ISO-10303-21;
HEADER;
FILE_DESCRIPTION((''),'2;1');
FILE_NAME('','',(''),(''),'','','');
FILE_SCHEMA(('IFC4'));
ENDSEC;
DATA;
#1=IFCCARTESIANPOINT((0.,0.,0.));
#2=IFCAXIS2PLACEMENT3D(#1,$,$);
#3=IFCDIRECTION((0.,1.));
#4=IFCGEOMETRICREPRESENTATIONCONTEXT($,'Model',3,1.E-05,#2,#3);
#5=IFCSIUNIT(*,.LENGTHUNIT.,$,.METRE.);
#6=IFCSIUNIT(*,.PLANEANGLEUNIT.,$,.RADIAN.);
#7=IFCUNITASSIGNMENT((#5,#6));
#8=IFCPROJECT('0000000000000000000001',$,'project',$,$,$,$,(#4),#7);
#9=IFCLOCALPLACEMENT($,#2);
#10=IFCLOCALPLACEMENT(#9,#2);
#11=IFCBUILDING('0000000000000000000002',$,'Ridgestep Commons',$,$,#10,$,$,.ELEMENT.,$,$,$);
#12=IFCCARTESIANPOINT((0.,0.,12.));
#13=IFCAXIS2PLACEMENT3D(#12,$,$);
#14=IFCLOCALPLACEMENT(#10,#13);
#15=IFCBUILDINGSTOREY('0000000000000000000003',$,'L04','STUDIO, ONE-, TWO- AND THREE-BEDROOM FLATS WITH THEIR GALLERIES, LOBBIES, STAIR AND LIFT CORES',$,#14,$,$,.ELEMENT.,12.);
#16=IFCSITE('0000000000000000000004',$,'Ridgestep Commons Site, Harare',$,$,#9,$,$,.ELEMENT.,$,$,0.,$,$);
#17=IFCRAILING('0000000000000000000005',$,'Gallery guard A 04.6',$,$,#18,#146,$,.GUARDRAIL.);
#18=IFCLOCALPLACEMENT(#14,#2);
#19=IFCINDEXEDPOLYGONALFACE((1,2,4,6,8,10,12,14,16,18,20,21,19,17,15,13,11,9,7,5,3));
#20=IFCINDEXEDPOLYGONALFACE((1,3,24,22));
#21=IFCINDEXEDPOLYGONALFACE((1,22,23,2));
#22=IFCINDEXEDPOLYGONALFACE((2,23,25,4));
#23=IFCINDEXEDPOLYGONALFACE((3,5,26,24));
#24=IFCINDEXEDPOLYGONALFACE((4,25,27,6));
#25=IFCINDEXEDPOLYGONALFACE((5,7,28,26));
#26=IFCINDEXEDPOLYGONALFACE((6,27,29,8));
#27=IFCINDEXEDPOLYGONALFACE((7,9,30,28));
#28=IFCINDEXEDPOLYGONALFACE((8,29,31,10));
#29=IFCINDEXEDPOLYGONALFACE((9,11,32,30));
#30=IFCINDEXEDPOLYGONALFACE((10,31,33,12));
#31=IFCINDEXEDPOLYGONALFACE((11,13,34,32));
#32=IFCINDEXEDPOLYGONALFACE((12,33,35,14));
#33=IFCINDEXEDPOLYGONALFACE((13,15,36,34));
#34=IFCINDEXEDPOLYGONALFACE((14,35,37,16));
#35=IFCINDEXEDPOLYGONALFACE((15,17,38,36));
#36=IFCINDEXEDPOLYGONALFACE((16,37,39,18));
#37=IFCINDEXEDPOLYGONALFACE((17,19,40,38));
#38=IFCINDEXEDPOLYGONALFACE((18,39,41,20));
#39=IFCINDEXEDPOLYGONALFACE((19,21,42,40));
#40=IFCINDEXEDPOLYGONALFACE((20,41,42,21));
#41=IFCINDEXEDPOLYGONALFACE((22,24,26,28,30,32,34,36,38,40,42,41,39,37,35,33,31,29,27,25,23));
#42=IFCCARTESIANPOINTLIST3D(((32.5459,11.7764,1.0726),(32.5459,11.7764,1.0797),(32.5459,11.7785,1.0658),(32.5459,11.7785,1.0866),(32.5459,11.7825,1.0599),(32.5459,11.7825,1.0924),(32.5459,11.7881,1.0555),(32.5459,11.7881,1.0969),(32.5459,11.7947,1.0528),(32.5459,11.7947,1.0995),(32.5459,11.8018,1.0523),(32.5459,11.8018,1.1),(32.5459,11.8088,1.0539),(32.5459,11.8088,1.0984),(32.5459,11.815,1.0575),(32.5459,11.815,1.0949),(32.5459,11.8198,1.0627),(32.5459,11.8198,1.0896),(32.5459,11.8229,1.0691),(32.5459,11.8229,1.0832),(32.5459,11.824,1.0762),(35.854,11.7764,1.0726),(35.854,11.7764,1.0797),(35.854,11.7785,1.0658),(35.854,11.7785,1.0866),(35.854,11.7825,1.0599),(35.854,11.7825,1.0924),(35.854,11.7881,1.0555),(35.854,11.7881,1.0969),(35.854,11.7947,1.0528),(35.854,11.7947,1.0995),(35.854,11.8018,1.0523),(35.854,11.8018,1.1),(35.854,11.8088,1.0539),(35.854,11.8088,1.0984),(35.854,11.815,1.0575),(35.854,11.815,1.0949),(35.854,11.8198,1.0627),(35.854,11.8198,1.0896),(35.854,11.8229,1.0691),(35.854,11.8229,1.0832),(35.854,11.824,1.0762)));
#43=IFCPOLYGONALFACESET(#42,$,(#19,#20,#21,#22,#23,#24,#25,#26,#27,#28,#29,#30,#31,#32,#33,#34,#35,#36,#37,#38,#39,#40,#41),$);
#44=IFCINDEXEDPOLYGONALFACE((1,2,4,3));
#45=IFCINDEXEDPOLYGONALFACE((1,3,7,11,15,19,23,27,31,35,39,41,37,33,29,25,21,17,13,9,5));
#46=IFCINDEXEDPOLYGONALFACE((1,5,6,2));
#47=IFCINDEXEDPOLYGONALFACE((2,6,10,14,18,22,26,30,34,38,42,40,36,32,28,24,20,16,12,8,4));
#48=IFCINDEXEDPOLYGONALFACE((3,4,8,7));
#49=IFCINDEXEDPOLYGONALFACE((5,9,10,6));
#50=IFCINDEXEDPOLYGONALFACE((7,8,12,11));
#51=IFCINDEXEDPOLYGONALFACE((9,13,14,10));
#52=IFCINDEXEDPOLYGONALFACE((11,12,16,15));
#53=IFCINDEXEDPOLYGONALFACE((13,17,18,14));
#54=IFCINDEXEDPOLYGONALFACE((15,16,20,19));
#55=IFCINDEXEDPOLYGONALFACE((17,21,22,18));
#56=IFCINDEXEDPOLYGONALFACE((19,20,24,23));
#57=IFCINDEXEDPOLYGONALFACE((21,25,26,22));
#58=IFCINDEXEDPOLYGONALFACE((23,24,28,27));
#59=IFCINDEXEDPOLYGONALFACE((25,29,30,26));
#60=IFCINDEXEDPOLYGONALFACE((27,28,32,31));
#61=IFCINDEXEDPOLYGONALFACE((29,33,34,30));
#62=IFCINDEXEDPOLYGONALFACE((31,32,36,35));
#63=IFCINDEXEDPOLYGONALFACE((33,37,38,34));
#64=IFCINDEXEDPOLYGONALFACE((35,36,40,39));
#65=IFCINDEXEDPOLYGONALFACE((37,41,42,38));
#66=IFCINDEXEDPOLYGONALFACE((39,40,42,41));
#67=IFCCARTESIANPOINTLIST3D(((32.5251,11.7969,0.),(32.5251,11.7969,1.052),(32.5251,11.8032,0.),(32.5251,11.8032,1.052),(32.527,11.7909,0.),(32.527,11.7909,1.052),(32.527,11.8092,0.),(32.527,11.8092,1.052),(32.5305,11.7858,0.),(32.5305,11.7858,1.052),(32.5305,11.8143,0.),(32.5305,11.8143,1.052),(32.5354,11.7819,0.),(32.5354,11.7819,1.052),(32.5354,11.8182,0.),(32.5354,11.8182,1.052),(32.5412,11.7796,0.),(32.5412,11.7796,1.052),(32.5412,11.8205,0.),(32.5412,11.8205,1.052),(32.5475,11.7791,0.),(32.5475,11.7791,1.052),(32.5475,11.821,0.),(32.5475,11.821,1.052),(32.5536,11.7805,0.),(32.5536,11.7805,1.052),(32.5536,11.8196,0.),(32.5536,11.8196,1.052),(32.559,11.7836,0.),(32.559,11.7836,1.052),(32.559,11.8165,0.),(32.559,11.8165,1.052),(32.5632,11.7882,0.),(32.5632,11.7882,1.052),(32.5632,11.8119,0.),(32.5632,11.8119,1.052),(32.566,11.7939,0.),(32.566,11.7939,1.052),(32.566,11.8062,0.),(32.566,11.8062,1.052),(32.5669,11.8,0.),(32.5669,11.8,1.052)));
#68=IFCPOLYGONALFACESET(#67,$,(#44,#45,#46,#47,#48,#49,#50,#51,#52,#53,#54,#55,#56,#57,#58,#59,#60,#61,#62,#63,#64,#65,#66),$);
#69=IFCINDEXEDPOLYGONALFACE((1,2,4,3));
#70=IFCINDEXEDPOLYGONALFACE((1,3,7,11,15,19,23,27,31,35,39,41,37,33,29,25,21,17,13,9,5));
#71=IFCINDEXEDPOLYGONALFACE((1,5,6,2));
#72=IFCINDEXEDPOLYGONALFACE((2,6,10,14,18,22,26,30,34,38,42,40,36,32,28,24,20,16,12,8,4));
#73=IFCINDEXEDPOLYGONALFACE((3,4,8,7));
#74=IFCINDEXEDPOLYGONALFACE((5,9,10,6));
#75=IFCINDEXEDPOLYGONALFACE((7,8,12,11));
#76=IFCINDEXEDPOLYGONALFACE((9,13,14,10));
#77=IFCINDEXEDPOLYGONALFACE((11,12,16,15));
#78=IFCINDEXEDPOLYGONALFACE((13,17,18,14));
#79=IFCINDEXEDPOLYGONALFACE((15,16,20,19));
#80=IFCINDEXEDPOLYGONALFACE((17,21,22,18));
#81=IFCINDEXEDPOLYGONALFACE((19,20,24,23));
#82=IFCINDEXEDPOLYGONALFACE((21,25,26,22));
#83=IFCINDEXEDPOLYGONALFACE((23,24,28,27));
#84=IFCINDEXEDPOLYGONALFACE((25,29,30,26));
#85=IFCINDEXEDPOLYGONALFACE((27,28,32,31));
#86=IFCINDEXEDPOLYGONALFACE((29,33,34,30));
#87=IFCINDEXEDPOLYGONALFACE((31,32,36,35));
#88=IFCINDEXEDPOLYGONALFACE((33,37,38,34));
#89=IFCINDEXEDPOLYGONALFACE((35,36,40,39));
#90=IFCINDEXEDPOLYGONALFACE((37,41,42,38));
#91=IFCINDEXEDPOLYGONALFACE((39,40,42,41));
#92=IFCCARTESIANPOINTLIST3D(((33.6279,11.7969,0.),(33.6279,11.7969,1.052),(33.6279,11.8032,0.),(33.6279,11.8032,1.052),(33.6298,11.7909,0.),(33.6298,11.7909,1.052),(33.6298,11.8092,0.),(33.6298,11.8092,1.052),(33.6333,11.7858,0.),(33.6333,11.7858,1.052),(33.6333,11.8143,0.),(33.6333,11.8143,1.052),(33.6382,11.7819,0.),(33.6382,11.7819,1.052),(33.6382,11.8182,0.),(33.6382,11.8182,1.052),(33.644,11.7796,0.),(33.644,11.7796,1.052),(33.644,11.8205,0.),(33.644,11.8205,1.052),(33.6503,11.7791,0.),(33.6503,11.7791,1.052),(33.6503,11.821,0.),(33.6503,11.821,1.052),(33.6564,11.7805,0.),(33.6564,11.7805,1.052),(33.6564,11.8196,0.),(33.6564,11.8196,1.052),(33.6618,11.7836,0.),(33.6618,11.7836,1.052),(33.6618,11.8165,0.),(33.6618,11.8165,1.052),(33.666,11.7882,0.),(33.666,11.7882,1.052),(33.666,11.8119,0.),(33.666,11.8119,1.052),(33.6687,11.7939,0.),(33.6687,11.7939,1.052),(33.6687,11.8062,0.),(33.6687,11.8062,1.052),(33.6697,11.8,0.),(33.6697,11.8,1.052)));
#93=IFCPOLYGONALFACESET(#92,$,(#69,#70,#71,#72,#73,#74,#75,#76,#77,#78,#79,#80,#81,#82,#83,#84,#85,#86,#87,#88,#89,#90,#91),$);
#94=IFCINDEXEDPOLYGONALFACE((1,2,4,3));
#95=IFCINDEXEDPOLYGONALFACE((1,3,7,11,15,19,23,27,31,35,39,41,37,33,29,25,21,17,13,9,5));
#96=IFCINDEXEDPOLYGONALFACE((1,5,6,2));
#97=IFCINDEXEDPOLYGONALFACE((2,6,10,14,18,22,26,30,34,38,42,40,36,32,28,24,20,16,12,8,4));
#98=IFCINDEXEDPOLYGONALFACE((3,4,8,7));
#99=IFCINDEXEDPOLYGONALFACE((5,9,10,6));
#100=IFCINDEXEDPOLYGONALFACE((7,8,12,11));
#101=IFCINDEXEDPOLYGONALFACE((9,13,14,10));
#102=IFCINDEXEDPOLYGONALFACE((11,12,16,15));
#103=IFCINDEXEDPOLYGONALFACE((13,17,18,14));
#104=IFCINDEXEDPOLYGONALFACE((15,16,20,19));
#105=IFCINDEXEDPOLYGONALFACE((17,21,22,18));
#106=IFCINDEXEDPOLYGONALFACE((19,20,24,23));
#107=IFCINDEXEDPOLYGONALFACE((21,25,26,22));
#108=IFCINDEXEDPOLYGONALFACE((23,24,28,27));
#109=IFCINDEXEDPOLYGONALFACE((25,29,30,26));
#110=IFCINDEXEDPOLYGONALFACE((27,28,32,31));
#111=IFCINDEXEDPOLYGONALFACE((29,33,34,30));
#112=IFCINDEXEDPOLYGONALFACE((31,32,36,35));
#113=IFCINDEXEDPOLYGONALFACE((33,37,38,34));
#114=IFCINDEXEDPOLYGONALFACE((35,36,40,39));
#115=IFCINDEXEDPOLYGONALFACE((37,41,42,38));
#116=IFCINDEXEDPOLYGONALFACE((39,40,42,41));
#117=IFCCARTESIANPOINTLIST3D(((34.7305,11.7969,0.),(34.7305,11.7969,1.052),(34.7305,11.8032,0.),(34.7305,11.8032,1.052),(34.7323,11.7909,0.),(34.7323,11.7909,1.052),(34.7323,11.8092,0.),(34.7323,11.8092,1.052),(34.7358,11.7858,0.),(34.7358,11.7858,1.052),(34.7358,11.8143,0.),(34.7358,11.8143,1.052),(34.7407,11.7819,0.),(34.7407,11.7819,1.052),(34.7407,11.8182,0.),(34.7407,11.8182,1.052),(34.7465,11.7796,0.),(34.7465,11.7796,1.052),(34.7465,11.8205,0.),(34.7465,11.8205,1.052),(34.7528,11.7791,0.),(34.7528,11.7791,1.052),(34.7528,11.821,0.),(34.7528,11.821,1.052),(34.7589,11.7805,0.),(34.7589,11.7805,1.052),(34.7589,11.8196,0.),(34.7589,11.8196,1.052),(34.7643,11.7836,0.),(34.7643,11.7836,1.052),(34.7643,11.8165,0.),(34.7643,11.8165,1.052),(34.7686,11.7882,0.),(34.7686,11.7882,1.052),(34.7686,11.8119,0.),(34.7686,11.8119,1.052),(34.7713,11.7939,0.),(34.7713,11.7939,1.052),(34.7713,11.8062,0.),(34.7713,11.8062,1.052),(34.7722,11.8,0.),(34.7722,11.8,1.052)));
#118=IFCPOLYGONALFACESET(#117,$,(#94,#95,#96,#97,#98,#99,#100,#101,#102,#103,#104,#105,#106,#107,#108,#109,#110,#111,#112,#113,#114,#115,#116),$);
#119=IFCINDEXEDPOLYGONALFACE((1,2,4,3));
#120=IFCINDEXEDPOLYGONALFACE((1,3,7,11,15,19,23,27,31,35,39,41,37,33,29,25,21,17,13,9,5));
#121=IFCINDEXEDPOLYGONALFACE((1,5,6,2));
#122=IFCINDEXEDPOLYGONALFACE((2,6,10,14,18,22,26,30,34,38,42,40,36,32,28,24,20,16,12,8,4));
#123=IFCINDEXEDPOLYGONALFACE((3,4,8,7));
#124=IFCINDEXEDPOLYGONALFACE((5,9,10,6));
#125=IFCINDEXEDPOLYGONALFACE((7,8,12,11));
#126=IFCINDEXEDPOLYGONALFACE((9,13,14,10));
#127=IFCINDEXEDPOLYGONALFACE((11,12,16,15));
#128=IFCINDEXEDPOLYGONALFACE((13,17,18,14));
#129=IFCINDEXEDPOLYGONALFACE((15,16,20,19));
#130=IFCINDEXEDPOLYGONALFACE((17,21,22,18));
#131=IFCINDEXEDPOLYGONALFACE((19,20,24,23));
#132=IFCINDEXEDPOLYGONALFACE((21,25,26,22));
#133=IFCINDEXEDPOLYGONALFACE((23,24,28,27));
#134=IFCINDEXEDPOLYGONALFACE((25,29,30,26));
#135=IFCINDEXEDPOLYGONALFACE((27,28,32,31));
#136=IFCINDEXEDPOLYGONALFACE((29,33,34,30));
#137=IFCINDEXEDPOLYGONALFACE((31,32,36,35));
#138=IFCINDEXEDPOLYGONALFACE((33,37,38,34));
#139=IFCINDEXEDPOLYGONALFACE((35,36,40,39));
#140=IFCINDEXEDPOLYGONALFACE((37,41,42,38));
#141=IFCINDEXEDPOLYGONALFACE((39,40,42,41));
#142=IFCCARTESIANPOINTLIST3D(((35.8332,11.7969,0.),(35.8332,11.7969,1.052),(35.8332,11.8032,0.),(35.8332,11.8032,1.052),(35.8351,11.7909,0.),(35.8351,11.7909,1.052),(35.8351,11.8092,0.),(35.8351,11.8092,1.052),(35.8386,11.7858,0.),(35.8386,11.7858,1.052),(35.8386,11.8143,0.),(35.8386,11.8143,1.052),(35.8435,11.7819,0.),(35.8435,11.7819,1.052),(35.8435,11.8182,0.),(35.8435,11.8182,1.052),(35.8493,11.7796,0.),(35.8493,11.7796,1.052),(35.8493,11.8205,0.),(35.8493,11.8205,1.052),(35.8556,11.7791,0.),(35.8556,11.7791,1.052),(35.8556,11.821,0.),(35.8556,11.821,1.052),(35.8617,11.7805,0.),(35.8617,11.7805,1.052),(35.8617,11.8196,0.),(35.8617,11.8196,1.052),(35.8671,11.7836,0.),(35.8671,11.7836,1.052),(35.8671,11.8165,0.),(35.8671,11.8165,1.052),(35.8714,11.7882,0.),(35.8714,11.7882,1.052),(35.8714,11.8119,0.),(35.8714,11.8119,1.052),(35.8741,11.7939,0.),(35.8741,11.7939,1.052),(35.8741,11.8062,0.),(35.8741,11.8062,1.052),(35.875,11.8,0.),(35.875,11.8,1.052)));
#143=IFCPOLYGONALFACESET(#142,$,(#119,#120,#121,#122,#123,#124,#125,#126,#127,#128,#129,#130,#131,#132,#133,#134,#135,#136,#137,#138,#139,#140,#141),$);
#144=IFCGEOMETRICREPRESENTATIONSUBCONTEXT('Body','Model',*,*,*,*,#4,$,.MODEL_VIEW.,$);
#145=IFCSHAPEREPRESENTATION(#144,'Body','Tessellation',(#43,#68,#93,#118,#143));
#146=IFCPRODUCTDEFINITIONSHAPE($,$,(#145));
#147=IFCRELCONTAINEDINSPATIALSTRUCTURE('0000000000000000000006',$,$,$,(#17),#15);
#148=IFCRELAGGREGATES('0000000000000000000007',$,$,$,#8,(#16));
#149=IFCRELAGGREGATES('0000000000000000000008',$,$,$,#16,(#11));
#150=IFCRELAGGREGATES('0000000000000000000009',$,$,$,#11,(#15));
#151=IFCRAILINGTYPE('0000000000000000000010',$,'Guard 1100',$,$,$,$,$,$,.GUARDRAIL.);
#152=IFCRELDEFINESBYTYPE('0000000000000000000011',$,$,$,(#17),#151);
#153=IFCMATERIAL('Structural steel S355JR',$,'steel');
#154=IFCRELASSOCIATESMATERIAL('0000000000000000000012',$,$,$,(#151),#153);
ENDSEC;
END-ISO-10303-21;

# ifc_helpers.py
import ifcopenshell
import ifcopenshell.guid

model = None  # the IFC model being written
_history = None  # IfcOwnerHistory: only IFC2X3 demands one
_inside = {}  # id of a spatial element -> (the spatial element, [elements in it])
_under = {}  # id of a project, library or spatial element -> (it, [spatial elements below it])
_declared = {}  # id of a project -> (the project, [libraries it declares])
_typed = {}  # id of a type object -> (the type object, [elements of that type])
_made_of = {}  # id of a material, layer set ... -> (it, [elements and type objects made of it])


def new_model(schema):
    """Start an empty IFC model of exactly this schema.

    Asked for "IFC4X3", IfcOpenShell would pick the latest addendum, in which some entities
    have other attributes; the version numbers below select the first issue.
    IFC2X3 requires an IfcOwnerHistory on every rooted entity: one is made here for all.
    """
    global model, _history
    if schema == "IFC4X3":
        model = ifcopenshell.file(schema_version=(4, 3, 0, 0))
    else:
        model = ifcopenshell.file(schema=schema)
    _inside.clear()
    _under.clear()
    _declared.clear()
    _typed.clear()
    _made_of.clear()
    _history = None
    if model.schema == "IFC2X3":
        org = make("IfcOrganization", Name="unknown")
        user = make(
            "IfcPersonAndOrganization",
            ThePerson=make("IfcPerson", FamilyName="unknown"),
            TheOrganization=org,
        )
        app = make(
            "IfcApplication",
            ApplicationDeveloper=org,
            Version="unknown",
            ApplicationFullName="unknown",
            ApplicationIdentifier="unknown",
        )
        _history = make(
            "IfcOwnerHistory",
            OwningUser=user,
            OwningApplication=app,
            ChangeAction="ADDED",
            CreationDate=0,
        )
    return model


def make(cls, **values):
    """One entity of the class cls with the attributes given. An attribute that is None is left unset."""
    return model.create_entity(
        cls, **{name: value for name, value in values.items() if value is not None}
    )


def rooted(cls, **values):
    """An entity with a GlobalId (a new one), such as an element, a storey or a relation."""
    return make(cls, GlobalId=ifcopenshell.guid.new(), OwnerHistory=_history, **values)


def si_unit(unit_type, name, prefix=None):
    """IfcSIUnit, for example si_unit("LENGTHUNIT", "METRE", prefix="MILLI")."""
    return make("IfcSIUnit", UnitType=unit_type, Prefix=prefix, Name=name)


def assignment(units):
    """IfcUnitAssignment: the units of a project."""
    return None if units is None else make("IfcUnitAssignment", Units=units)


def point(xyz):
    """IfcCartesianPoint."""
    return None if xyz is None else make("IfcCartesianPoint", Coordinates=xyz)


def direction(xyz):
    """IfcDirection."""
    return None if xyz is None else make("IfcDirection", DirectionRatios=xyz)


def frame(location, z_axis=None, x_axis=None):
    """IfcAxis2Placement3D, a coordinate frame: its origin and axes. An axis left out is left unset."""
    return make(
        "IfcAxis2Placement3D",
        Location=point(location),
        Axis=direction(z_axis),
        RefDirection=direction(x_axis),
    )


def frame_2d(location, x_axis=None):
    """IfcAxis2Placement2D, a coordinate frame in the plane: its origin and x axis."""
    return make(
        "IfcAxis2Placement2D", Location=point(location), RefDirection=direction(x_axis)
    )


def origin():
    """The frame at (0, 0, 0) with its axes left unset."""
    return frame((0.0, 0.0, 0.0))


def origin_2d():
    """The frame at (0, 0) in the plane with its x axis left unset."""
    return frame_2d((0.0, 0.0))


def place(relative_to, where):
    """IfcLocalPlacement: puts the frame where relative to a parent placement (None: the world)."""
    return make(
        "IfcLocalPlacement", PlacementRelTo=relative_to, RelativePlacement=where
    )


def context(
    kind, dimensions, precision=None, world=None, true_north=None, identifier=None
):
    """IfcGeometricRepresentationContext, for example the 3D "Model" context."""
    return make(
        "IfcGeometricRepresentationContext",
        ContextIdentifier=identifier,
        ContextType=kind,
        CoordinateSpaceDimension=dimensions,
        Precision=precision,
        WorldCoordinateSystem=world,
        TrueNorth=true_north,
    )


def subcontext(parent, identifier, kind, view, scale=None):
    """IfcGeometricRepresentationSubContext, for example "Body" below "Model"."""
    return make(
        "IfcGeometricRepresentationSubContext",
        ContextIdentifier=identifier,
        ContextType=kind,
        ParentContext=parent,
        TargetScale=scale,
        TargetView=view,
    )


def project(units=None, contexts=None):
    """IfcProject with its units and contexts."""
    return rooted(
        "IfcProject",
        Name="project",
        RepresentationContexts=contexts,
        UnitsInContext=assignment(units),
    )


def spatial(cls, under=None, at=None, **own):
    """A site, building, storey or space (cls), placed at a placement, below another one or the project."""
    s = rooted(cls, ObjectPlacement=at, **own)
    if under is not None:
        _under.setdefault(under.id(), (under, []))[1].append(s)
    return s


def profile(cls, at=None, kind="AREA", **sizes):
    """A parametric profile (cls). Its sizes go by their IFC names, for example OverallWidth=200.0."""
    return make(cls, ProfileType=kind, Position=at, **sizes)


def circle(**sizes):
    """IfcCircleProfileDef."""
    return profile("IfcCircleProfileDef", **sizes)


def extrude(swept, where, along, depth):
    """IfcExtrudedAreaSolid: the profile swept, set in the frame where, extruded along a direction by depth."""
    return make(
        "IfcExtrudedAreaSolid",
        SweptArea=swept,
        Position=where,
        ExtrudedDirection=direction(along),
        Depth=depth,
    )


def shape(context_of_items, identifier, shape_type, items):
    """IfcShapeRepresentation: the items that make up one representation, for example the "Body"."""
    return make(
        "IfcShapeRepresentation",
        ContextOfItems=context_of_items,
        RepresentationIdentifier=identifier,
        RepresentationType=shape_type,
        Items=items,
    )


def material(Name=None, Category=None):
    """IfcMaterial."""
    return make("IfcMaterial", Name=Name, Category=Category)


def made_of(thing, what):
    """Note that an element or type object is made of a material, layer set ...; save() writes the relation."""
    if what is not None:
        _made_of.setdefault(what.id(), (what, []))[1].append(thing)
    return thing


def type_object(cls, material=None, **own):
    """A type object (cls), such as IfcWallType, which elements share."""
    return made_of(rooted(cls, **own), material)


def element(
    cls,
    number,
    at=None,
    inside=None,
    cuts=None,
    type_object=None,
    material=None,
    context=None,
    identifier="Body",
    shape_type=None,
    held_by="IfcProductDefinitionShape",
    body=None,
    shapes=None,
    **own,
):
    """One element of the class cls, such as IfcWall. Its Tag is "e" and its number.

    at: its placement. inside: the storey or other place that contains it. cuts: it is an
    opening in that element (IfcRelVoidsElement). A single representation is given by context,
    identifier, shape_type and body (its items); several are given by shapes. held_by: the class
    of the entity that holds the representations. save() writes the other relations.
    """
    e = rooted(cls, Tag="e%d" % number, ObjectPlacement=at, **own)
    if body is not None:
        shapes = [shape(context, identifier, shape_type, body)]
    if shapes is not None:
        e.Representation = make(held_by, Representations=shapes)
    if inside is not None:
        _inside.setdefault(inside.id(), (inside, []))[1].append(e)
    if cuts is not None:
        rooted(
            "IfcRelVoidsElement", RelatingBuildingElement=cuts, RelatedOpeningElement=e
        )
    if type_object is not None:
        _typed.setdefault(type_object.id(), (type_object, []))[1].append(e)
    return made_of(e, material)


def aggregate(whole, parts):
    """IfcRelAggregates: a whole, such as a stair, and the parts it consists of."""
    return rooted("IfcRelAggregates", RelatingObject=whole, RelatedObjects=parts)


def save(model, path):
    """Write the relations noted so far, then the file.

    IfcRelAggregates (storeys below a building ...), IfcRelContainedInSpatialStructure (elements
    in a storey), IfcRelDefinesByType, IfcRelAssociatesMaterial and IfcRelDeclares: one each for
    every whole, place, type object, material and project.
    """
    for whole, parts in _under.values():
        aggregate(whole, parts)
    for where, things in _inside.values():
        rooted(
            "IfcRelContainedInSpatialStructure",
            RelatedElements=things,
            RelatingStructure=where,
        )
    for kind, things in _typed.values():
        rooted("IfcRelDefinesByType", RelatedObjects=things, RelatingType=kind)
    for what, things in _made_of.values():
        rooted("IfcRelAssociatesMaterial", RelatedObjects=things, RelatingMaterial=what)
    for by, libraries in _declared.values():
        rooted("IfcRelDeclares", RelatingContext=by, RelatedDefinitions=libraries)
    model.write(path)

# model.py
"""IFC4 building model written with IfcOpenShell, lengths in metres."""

from ifc_helpers import new_model, si_unit, direction, frame, origin, origin_2d, place, context, subcontext, project, spatial, circle, extrude, material, type_object, element, save


model = new_model("IFC4")

# Units and contexts
model_context = context("Model", 3, precision=1e-05, world=origin(), true_north=direction((0.0, 1.0)))
body_context = subcontext(model_context, "Body", "Model", "MODEL_VIEW")
ifc_project = project(units=[si_unit("LENGTHUNIT", "METRE"), si_unit("PLANEANGLEUNIT", "RADIAN")], contexts=[model_context])

# Site, building, storey
site_placement = place(None, origin())
site = spatial("IfcSite", under=ifc_project, at=site_placement, Name="Ridgestep Commons Site, Harare", CompositionType="ELEMENT", RefElevation=0.0)
building_placement = place(site_placement, origin())
building = spatial("IfcBuilding", under=site, at=building_placement, Name="Ridgestep Commons", CompositionType="ELEMENT")
storey_placement = place(building_placement, frame((0.0, 0.0, 12.0)))
storey = spatial("IfcBuildingStorey", under=building, at=storey_placement, Name="L04", Description="STUDIO, ONE-, TWO- AND THREE-BEDROOM FLATS WITH THEIR GALLERIES, LOBBIES, STAIR AND LIFT CORES", CompositionType="ELEMENT", Elevation=12.0)

# Railing
ifc_material_1 = material(Name="Structural steel S355JR", Category="steel")
railing_type = type_object("IfcRailingType", Name="Guard 1100", PredefinedType="GUARDRAIL", material=ifc_material_1)
for number, where, name in (
    (1, (32.5459, 11.8, 0.0), "Gallery guard A 04.6"),
):
    element("IfcRailing", number, at=place(storey_placement, frame(where)), inside=storey, type_object=railing_type, Name=name, PredefinedType="GUARDRAIL", context=body_context, shape_type="SweptSolid", body=[
        extrude(circle(Radius=0.0239, at=origin_2d()), frame((0.0, 0.0, 1.0762), z_axis=(1.0, 0.0, 0.0), x_axis=(0.0, 1.0, 0.0)), (0.0, 0.0, 1.0), 3.3081),
        extrude(circle(Radius=0.021, at=origin_2d()), origin(), (0.0, 0.0, 1.0), 1.052),
        extrude(circle(Radius=0.021, at=origin_2d()), frame((1.1028, 0.0, 0.0)), (0.0, 0.0, 1.0), 1.052),
        extrude(circle(Radius=0.021, at=origin_2d()), frame((2.2053, 0.0, 0.0)), (0.0, 0.0, 1.0), 1.052),
        extrude(circle(Radius=0.021, at=origin_2d()), frame((3.3081, 0.0, 0.0)), (0.0, 0.0, 1.0), 1.052),
    ])

save(model, "model.ifc")
